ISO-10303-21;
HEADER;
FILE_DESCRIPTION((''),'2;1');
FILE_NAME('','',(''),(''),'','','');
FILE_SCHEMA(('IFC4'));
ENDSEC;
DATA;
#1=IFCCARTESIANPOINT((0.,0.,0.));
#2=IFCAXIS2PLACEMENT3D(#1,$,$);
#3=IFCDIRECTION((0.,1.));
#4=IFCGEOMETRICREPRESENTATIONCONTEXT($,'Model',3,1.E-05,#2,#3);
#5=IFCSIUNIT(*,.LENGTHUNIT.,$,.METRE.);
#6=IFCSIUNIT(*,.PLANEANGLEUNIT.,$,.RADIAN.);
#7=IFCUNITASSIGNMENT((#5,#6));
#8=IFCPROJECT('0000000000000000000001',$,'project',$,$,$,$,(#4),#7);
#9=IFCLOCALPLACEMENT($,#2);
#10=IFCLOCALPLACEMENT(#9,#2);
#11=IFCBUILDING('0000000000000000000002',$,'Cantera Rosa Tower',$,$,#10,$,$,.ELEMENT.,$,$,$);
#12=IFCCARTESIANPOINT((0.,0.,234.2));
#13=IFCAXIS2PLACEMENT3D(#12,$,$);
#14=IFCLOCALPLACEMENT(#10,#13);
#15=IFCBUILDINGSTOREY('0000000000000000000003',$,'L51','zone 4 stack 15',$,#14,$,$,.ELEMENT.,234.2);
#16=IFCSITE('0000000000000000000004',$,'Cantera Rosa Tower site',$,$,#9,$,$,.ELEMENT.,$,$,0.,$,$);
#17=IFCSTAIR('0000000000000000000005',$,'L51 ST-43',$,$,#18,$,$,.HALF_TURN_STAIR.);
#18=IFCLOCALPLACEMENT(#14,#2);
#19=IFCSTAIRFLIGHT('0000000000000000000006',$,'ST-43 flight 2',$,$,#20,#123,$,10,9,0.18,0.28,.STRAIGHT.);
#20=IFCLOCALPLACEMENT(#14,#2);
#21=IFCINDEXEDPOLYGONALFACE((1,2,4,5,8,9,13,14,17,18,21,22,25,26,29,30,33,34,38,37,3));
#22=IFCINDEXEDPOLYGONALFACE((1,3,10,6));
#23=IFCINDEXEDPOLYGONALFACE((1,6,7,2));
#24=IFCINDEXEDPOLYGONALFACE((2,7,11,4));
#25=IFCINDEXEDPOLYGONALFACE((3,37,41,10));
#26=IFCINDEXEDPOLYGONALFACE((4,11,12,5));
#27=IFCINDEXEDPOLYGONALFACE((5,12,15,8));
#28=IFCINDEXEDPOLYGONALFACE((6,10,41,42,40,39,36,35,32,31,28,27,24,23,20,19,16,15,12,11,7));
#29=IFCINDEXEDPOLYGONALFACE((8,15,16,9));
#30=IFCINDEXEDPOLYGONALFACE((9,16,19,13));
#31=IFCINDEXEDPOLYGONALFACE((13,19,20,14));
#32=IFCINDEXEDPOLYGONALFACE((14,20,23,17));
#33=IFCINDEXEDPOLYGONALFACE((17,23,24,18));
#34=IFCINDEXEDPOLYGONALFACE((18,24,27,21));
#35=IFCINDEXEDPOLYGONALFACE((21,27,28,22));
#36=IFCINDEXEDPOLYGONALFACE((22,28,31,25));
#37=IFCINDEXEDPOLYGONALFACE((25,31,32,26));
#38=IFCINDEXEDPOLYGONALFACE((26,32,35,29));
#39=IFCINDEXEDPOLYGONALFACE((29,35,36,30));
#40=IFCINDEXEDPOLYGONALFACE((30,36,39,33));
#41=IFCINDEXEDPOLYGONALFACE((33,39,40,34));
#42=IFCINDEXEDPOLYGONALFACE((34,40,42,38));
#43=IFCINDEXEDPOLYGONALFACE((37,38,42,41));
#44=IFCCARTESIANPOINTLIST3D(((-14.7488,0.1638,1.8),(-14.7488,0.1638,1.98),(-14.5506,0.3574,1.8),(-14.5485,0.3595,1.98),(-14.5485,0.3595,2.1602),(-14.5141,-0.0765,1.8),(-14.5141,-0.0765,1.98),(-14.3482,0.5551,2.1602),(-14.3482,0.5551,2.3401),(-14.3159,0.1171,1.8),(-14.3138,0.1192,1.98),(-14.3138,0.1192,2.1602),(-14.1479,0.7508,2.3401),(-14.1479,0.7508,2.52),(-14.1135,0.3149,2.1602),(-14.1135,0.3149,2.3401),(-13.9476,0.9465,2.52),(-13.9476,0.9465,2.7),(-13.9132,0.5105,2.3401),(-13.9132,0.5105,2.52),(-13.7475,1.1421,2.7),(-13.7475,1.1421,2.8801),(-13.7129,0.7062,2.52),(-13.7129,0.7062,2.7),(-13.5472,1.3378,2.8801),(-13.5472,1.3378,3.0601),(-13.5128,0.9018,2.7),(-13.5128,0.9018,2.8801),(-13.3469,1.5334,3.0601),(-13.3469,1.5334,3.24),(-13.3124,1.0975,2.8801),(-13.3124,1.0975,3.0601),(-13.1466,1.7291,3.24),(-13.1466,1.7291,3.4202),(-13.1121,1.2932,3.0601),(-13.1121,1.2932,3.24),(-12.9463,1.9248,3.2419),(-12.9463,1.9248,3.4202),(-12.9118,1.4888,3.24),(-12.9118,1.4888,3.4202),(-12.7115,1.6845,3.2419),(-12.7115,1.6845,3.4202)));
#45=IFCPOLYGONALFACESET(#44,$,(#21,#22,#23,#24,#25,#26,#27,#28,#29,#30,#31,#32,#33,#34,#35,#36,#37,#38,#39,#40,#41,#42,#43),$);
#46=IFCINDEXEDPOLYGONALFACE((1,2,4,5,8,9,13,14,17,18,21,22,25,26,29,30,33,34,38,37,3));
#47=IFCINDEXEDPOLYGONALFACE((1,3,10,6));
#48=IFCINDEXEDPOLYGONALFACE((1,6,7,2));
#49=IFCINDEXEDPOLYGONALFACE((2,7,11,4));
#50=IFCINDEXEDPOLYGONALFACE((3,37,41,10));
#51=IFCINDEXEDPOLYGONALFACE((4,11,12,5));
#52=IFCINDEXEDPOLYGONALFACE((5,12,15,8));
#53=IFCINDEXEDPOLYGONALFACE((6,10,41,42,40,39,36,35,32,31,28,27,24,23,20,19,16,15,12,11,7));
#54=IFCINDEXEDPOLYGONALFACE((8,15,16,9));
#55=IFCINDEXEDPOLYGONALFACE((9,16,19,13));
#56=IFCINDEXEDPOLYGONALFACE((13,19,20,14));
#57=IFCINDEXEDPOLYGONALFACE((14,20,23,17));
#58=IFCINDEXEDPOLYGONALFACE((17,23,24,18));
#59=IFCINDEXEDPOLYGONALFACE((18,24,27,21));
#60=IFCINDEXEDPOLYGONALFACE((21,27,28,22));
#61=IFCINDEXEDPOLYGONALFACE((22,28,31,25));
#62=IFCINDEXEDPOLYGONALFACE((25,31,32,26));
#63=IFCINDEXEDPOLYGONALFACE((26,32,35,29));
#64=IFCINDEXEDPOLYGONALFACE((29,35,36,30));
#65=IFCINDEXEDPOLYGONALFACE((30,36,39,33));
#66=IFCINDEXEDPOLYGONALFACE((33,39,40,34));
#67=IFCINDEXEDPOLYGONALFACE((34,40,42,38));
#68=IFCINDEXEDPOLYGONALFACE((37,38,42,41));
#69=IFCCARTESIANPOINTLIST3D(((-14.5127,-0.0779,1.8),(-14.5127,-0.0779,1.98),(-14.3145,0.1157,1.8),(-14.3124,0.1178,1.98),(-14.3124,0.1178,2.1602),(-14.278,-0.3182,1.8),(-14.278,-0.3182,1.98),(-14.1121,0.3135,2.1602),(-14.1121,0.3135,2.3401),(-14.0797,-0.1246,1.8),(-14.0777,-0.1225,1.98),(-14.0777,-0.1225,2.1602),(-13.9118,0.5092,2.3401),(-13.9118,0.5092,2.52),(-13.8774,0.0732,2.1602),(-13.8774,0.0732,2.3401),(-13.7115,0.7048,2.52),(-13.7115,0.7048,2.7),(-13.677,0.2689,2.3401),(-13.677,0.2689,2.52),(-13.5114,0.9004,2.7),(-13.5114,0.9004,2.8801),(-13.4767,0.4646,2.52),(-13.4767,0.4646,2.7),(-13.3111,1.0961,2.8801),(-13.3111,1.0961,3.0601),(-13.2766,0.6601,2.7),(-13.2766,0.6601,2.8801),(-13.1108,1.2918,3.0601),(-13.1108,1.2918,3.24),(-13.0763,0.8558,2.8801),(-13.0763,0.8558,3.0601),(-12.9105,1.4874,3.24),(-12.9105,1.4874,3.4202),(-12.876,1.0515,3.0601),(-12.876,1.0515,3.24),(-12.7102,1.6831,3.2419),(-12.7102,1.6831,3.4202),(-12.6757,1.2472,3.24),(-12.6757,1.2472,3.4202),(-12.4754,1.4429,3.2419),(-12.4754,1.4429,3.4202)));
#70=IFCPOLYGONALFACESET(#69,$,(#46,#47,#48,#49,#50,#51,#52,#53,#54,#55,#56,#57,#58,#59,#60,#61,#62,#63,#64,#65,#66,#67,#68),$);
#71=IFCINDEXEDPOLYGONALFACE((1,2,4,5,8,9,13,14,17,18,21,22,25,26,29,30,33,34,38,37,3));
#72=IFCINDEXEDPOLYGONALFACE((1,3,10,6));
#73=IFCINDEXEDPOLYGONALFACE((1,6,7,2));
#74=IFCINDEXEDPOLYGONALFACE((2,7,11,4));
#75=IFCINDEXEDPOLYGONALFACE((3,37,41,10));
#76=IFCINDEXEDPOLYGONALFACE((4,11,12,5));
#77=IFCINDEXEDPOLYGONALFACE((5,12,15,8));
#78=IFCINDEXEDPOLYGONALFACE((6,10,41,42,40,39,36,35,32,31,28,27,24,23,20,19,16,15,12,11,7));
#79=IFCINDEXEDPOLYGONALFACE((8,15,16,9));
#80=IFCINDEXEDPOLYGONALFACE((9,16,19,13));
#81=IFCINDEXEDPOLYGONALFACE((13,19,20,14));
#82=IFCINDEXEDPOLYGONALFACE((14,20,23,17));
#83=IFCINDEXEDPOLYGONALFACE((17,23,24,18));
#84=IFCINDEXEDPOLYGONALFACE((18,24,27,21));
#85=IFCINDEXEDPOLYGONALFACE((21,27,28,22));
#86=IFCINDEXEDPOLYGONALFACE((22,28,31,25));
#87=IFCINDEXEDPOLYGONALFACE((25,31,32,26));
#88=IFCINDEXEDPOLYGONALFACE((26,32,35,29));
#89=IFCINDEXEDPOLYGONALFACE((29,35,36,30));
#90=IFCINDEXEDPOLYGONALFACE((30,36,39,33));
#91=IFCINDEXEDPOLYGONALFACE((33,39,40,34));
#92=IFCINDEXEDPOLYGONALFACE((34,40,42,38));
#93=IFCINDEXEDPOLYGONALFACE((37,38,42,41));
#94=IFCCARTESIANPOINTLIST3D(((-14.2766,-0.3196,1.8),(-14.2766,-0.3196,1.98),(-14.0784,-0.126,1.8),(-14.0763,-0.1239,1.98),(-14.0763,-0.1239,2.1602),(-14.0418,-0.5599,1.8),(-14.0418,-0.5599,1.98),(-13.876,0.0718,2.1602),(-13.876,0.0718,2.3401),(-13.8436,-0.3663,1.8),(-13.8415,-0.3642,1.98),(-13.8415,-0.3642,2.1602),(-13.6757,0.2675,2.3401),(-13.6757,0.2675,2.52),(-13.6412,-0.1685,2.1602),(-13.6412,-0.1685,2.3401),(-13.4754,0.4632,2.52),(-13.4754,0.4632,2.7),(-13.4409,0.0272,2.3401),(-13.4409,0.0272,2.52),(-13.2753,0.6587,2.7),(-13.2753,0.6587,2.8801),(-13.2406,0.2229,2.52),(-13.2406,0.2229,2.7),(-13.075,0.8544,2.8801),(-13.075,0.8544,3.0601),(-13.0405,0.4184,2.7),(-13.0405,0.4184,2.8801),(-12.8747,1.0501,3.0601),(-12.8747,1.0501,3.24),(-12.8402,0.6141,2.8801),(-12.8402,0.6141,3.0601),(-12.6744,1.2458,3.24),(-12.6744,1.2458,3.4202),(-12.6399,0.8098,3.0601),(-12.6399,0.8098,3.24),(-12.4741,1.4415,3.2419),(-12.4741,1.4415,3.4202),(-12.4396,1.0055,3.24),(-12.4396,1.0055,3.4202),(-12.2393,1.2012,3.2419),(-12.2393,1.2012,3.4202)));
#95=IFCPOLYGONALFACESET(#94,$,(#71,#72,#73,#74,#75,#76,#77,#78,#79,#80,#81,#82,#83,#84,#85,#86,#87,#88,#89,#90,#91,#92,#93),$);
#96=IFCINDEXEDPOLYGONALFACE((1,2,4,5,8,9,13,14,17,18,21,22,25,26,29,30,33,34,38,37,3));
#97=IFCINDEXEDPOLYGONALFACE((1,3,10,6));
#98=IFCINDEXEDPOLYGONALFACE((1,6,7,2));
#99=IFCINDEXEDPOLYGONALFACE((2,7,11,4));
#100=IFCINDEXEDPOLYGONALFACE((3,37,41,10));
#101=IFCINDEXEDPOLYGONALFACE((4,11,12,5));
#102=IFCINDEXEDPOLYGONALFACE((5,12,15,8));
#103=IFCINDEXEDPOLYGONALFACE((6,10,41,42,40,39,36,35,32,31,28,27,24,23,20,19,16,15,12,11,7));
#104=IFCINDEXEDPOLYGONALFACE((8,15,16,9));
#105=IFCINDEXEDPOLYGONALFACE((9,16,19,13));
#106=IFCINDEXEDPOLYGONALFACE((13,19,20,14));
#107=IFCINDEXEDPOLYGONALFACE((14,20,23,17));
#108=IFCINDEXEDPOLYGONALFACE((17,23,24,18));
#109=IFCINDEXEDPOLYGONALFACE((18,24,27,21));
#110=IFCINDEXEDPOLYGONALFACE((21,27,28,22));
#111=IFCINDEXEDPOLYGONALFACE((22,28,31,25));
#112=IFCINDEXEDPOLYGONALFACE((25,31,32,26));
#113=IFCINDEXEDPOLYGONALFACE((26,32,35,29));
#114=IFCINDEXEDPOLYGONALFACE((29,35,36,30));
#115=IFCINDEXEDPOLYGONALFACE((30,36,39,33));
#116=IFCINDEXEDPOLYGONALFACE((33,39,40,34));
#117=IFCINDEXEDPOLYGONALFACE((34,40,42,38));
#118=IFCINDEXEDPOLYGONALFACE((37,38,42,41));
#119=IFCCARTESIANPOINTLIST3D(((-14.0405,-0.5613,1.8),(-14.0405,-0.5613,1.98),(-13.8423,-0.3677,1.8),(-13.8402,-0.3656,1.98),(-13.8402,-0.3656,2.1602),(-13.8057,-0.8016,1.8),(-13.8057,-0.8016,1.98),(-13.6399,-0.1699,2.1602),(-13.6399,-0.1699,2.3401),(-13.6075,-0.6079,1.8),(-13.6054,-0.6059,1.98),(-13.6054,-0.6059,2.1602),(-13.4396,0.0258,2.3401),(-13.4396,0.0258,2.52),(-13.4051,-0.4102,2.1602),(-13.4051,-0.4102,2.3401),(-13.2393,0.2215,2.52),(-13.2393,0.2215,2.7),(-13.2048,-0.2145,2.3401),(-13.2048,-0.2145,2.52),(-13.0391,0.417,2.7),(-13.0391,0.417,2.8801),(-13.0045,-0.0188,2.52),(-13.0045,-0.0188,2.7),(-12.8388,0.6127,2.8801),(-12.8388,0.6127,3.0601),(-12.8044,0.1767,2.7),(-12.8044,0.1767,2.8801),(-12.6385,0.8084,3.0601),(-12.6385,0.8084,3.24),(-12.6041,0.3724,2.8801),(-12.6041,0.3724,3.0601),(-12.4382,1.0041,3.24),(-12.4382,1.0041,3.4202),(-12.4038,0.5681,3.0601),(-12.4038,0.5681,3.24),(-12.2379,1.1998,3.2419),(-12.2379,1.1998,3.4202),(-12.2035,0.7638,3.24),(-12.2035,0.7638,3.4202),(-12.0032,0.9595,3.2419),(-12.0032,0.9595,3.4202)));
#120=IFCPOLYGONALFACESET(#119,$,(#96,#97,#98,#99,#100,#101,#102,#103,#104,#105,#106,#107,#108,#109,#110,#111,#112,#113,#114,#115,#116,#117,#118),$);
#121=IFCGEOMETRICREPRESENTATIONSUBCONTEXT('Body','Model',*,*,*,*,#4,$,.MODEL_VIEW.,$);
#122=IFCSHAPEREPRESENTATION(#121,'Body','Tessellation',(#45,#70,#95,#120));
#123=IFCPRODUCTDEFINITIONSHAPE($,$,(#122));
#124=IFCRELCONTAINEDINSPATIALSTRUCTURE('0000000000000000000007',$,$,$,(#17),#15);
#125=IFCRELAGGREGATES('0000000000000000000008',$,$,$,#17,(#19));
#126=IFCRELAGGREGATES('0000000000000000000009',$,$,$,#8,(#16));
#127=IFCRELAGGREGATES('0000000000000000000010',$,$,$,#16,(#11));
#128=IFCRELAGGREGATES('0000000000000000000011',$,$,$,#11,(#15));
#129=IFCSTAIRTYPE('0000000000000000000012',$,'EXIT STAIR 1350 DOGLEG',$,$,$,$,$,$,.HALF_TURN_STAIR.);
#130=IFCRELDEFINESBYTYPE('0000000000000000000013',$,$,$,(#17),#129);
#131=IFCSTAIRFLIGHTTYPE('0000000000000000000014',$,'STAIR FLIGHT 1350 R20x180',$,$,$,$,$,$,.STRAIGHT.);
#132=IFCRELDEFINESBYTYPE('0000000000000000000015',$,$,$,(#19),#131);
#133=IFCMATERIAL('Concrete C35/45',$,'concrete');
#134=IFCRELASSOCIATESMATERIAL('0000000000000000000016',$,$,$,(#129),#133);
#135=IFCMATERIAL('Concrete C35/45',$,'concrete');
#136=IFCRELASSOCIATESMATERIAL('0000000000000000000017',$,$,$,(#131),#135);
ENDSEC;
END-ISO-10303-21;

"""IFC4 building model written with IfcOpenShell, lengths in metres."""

from ifc_helpers import new_model, si_unit, direction, frame, origin, place, context, subcontext, project, spatial, polyline, outline, extrude, material, type_object, element, aggregate, save


model = new_model("IFC4")

# Units and contexts
model_context = context("Model", 3, precision=1e-05, world=origin(), true_north=direction((0.0, 1.0)))
body_context = subcontext(model_context, "Body", "Model", "MODEL_VIEW")
ifc_project = project(units=[si_unit("LENGTHUNIT", "METRE"), si_unit("PLANEANGLEUNIT", "RADIAN")], contexts=[model_context])

# Site, building, storey
site_placement = place(None, origin())
site = spatial("IfcSite", under=ifc_project, at=site_placement, Name="Cantera Rosa Tower site", CompositionType="ELEMENT", RefElevation=0.0)
building_placement = place(site_placement, origin())
building = spatial("IfcBuilding", under=site, at=building_placement, Name="Cantera Rosa Tower", CompositionType="ELEMENT")
storey_placement = place(building_placement, frame((0.0, 0.0, 234.2)))
storey = spatial("IfcBuildingStorey", under=building, at=storey_placement, Name="L51", Description="zone 4 stack 15", CompositionType="ELEMENT", Elevation=234.2)

# Stair, stair flight
ifc_material_1 = material(Name="Concrete C35/45", Category="concrete")
stair_type = type_object("IfcStairType", Name="EXIT STAIR 1350 DOGLEG", PredefinedType="HALF_TURN_STAIR", material=ifc_material_1)
stair_1_placement = place(storey_placement, origin())
stair_1 = element("IfcStair", 1, at=stair_1_placement, inside=storey, type_object=stair_type, Name="L51 ST-43", PredefinedType="HALF_TURN_STAIR")
ifc_material_2 = material(Name="Concrete C35/45", Category="concrete")
stair_flight_type = type_object("IfcStairFlightType", Name="STAIR FLIGHT 1350 R20x180", PredefinedType="STRAIGHT", material=ifc_material_2)
stair_flight_1_placement = place(storey_placement, frame((-14.2771, -0.3191, 1.8), z_axis=(0.0, 0.0, 1.0), x_axis=(0.715286, 0.698832, 0.0)))
stair_flight_1 = element("IfcStairFlight", 2, at=stair_flight_1_placement, type_object=stair_flight_type, Name="ST-43 flight 2", NumberOfRisers=10, NumberOfTreads=9, PredefinedType="STRAIGHT", RiserHeight=0.18, TreadLength=0.28, context=body_context, shape_type="SweptSolid", body=[
    extrude(outline(polyline([(0.0, 0.0), (0.0, 0.1799), (0.28, 0.1799), (0.28, 0.3601), (0.5601, 0.3601), (0.5601, 0.54), (0.8401, 0.54), (0.8401, 0.72), (1.1201, 0.72), (1.1201, 0.8999), (1.3999, 0.8999), (1.3999, 1.0801), (1.6799, 1.0801), (1.6799, 1.26), (1.96, 1.26), (1.96, 1.4399), (2.24, 1.4399), (2.24, 1.6201), (2.52, 1.6201), (2.52, 1.8), (2.52, 1.4419), (0.2771, 0.0), (0.0, 0.0)])), frame((0.0, 0.675, 0.0), z_axis=(0.0, -1.0, 0.0), x_axis=(1.0, 0.0, 0.0)), (0.0, 0.0, 1.0), 0.3359),
    extrude(outline(polyline([(0.0, 0.0), (0.0, 0.1799), (0.28, 0.1799), (0.28, 0.3601), (0.5601, 0.3601), (0.5601, 0.54), (0.8401, 0.54), (0.8401, 0.72), (1.1201, 0.72), (1.1201, 0.8999), (1.3999, 0.8999), (1.3999, 1.0801), (1.6799, 1.0801), (1.6799, 1.26), (1.96, 1.26), (1.96, 1.4399), (2.24, 1.4399), (2.24, 1.6201), (2.52, 1.6201), (2.52, 1.8), (2.52, 1.4419), (0.2771, 0.0), (0.0, 0.0)])), frame((0.0, 0.3372, 0.0), z_axis=(0.0, -1.0, 0.0), x_axis=(1.0, 0.0, 0.0)), (0.0, 0.0, 1.0), 0.3359),
    extrude(outline(polyline([(0.0, 0.0), (0.0, 0.1799), (0.28, 0.1799), (0.28, 0.3601), (0.5601, 0.3601), (0.5601, 0.54), (0.8401, 0.54), (0.8401, 0.72), (1.1201, 0.72), (1.1201, 0.8999), (1.3999, 0.8999), (1.3999, 1.0801), (1.6799, 1.0801), (1.6799, 1.26), (1.96, 1.26), (1.96, 1.4399), (2.24, 1.4399), (2.24, 1.6201), (2.52, 1.6201), (2.52, 1.8), (2.52, 1.4419), (0.2771, 0.0), (0.0, 0.0)])), frame((0.0, -0.0007, 0.0), z_axis=(0.0, -1.0, 0.0), x_axis=(1.0, 0.0, 0.0)), (0.0, 0.0, 1.0), 0.3359),
    extrude(outline(polyline([(0.0, 0.0), (0.0, 0.1799), (0.28, 0.1799), (0.28, 0.3601), (0.5601, 0.3601), (0.5601, 0.54), (0.8401, 0.54), (0.8401, 0.72), (1.1201, 0.72), (1.1201, 0.8999), (1.3999, 0.8999), (1.3999, 1.0801), (1.6799, 1.0801), (1.6799, 1.26), (1.96, 1.26), (1.96, 1.4399), (2.24, 1.4399), (2.24, 1.6201), (2.52, 1.6201), (2.52, 1.8), (2.52, 1.4419), (0.2771, 0.0), (0.0, 0.0)])), frame((0.0, -0.3386, 0.0), z_axis=(0.0, -1.0, 0.0), x_axis=(1.0, 0.0, 0.0)), (0.0, 0.0, 1.0), 0.3359),
])
aggregate(stair_1, [stair_flight_1])

save(model, "model.ifc")
